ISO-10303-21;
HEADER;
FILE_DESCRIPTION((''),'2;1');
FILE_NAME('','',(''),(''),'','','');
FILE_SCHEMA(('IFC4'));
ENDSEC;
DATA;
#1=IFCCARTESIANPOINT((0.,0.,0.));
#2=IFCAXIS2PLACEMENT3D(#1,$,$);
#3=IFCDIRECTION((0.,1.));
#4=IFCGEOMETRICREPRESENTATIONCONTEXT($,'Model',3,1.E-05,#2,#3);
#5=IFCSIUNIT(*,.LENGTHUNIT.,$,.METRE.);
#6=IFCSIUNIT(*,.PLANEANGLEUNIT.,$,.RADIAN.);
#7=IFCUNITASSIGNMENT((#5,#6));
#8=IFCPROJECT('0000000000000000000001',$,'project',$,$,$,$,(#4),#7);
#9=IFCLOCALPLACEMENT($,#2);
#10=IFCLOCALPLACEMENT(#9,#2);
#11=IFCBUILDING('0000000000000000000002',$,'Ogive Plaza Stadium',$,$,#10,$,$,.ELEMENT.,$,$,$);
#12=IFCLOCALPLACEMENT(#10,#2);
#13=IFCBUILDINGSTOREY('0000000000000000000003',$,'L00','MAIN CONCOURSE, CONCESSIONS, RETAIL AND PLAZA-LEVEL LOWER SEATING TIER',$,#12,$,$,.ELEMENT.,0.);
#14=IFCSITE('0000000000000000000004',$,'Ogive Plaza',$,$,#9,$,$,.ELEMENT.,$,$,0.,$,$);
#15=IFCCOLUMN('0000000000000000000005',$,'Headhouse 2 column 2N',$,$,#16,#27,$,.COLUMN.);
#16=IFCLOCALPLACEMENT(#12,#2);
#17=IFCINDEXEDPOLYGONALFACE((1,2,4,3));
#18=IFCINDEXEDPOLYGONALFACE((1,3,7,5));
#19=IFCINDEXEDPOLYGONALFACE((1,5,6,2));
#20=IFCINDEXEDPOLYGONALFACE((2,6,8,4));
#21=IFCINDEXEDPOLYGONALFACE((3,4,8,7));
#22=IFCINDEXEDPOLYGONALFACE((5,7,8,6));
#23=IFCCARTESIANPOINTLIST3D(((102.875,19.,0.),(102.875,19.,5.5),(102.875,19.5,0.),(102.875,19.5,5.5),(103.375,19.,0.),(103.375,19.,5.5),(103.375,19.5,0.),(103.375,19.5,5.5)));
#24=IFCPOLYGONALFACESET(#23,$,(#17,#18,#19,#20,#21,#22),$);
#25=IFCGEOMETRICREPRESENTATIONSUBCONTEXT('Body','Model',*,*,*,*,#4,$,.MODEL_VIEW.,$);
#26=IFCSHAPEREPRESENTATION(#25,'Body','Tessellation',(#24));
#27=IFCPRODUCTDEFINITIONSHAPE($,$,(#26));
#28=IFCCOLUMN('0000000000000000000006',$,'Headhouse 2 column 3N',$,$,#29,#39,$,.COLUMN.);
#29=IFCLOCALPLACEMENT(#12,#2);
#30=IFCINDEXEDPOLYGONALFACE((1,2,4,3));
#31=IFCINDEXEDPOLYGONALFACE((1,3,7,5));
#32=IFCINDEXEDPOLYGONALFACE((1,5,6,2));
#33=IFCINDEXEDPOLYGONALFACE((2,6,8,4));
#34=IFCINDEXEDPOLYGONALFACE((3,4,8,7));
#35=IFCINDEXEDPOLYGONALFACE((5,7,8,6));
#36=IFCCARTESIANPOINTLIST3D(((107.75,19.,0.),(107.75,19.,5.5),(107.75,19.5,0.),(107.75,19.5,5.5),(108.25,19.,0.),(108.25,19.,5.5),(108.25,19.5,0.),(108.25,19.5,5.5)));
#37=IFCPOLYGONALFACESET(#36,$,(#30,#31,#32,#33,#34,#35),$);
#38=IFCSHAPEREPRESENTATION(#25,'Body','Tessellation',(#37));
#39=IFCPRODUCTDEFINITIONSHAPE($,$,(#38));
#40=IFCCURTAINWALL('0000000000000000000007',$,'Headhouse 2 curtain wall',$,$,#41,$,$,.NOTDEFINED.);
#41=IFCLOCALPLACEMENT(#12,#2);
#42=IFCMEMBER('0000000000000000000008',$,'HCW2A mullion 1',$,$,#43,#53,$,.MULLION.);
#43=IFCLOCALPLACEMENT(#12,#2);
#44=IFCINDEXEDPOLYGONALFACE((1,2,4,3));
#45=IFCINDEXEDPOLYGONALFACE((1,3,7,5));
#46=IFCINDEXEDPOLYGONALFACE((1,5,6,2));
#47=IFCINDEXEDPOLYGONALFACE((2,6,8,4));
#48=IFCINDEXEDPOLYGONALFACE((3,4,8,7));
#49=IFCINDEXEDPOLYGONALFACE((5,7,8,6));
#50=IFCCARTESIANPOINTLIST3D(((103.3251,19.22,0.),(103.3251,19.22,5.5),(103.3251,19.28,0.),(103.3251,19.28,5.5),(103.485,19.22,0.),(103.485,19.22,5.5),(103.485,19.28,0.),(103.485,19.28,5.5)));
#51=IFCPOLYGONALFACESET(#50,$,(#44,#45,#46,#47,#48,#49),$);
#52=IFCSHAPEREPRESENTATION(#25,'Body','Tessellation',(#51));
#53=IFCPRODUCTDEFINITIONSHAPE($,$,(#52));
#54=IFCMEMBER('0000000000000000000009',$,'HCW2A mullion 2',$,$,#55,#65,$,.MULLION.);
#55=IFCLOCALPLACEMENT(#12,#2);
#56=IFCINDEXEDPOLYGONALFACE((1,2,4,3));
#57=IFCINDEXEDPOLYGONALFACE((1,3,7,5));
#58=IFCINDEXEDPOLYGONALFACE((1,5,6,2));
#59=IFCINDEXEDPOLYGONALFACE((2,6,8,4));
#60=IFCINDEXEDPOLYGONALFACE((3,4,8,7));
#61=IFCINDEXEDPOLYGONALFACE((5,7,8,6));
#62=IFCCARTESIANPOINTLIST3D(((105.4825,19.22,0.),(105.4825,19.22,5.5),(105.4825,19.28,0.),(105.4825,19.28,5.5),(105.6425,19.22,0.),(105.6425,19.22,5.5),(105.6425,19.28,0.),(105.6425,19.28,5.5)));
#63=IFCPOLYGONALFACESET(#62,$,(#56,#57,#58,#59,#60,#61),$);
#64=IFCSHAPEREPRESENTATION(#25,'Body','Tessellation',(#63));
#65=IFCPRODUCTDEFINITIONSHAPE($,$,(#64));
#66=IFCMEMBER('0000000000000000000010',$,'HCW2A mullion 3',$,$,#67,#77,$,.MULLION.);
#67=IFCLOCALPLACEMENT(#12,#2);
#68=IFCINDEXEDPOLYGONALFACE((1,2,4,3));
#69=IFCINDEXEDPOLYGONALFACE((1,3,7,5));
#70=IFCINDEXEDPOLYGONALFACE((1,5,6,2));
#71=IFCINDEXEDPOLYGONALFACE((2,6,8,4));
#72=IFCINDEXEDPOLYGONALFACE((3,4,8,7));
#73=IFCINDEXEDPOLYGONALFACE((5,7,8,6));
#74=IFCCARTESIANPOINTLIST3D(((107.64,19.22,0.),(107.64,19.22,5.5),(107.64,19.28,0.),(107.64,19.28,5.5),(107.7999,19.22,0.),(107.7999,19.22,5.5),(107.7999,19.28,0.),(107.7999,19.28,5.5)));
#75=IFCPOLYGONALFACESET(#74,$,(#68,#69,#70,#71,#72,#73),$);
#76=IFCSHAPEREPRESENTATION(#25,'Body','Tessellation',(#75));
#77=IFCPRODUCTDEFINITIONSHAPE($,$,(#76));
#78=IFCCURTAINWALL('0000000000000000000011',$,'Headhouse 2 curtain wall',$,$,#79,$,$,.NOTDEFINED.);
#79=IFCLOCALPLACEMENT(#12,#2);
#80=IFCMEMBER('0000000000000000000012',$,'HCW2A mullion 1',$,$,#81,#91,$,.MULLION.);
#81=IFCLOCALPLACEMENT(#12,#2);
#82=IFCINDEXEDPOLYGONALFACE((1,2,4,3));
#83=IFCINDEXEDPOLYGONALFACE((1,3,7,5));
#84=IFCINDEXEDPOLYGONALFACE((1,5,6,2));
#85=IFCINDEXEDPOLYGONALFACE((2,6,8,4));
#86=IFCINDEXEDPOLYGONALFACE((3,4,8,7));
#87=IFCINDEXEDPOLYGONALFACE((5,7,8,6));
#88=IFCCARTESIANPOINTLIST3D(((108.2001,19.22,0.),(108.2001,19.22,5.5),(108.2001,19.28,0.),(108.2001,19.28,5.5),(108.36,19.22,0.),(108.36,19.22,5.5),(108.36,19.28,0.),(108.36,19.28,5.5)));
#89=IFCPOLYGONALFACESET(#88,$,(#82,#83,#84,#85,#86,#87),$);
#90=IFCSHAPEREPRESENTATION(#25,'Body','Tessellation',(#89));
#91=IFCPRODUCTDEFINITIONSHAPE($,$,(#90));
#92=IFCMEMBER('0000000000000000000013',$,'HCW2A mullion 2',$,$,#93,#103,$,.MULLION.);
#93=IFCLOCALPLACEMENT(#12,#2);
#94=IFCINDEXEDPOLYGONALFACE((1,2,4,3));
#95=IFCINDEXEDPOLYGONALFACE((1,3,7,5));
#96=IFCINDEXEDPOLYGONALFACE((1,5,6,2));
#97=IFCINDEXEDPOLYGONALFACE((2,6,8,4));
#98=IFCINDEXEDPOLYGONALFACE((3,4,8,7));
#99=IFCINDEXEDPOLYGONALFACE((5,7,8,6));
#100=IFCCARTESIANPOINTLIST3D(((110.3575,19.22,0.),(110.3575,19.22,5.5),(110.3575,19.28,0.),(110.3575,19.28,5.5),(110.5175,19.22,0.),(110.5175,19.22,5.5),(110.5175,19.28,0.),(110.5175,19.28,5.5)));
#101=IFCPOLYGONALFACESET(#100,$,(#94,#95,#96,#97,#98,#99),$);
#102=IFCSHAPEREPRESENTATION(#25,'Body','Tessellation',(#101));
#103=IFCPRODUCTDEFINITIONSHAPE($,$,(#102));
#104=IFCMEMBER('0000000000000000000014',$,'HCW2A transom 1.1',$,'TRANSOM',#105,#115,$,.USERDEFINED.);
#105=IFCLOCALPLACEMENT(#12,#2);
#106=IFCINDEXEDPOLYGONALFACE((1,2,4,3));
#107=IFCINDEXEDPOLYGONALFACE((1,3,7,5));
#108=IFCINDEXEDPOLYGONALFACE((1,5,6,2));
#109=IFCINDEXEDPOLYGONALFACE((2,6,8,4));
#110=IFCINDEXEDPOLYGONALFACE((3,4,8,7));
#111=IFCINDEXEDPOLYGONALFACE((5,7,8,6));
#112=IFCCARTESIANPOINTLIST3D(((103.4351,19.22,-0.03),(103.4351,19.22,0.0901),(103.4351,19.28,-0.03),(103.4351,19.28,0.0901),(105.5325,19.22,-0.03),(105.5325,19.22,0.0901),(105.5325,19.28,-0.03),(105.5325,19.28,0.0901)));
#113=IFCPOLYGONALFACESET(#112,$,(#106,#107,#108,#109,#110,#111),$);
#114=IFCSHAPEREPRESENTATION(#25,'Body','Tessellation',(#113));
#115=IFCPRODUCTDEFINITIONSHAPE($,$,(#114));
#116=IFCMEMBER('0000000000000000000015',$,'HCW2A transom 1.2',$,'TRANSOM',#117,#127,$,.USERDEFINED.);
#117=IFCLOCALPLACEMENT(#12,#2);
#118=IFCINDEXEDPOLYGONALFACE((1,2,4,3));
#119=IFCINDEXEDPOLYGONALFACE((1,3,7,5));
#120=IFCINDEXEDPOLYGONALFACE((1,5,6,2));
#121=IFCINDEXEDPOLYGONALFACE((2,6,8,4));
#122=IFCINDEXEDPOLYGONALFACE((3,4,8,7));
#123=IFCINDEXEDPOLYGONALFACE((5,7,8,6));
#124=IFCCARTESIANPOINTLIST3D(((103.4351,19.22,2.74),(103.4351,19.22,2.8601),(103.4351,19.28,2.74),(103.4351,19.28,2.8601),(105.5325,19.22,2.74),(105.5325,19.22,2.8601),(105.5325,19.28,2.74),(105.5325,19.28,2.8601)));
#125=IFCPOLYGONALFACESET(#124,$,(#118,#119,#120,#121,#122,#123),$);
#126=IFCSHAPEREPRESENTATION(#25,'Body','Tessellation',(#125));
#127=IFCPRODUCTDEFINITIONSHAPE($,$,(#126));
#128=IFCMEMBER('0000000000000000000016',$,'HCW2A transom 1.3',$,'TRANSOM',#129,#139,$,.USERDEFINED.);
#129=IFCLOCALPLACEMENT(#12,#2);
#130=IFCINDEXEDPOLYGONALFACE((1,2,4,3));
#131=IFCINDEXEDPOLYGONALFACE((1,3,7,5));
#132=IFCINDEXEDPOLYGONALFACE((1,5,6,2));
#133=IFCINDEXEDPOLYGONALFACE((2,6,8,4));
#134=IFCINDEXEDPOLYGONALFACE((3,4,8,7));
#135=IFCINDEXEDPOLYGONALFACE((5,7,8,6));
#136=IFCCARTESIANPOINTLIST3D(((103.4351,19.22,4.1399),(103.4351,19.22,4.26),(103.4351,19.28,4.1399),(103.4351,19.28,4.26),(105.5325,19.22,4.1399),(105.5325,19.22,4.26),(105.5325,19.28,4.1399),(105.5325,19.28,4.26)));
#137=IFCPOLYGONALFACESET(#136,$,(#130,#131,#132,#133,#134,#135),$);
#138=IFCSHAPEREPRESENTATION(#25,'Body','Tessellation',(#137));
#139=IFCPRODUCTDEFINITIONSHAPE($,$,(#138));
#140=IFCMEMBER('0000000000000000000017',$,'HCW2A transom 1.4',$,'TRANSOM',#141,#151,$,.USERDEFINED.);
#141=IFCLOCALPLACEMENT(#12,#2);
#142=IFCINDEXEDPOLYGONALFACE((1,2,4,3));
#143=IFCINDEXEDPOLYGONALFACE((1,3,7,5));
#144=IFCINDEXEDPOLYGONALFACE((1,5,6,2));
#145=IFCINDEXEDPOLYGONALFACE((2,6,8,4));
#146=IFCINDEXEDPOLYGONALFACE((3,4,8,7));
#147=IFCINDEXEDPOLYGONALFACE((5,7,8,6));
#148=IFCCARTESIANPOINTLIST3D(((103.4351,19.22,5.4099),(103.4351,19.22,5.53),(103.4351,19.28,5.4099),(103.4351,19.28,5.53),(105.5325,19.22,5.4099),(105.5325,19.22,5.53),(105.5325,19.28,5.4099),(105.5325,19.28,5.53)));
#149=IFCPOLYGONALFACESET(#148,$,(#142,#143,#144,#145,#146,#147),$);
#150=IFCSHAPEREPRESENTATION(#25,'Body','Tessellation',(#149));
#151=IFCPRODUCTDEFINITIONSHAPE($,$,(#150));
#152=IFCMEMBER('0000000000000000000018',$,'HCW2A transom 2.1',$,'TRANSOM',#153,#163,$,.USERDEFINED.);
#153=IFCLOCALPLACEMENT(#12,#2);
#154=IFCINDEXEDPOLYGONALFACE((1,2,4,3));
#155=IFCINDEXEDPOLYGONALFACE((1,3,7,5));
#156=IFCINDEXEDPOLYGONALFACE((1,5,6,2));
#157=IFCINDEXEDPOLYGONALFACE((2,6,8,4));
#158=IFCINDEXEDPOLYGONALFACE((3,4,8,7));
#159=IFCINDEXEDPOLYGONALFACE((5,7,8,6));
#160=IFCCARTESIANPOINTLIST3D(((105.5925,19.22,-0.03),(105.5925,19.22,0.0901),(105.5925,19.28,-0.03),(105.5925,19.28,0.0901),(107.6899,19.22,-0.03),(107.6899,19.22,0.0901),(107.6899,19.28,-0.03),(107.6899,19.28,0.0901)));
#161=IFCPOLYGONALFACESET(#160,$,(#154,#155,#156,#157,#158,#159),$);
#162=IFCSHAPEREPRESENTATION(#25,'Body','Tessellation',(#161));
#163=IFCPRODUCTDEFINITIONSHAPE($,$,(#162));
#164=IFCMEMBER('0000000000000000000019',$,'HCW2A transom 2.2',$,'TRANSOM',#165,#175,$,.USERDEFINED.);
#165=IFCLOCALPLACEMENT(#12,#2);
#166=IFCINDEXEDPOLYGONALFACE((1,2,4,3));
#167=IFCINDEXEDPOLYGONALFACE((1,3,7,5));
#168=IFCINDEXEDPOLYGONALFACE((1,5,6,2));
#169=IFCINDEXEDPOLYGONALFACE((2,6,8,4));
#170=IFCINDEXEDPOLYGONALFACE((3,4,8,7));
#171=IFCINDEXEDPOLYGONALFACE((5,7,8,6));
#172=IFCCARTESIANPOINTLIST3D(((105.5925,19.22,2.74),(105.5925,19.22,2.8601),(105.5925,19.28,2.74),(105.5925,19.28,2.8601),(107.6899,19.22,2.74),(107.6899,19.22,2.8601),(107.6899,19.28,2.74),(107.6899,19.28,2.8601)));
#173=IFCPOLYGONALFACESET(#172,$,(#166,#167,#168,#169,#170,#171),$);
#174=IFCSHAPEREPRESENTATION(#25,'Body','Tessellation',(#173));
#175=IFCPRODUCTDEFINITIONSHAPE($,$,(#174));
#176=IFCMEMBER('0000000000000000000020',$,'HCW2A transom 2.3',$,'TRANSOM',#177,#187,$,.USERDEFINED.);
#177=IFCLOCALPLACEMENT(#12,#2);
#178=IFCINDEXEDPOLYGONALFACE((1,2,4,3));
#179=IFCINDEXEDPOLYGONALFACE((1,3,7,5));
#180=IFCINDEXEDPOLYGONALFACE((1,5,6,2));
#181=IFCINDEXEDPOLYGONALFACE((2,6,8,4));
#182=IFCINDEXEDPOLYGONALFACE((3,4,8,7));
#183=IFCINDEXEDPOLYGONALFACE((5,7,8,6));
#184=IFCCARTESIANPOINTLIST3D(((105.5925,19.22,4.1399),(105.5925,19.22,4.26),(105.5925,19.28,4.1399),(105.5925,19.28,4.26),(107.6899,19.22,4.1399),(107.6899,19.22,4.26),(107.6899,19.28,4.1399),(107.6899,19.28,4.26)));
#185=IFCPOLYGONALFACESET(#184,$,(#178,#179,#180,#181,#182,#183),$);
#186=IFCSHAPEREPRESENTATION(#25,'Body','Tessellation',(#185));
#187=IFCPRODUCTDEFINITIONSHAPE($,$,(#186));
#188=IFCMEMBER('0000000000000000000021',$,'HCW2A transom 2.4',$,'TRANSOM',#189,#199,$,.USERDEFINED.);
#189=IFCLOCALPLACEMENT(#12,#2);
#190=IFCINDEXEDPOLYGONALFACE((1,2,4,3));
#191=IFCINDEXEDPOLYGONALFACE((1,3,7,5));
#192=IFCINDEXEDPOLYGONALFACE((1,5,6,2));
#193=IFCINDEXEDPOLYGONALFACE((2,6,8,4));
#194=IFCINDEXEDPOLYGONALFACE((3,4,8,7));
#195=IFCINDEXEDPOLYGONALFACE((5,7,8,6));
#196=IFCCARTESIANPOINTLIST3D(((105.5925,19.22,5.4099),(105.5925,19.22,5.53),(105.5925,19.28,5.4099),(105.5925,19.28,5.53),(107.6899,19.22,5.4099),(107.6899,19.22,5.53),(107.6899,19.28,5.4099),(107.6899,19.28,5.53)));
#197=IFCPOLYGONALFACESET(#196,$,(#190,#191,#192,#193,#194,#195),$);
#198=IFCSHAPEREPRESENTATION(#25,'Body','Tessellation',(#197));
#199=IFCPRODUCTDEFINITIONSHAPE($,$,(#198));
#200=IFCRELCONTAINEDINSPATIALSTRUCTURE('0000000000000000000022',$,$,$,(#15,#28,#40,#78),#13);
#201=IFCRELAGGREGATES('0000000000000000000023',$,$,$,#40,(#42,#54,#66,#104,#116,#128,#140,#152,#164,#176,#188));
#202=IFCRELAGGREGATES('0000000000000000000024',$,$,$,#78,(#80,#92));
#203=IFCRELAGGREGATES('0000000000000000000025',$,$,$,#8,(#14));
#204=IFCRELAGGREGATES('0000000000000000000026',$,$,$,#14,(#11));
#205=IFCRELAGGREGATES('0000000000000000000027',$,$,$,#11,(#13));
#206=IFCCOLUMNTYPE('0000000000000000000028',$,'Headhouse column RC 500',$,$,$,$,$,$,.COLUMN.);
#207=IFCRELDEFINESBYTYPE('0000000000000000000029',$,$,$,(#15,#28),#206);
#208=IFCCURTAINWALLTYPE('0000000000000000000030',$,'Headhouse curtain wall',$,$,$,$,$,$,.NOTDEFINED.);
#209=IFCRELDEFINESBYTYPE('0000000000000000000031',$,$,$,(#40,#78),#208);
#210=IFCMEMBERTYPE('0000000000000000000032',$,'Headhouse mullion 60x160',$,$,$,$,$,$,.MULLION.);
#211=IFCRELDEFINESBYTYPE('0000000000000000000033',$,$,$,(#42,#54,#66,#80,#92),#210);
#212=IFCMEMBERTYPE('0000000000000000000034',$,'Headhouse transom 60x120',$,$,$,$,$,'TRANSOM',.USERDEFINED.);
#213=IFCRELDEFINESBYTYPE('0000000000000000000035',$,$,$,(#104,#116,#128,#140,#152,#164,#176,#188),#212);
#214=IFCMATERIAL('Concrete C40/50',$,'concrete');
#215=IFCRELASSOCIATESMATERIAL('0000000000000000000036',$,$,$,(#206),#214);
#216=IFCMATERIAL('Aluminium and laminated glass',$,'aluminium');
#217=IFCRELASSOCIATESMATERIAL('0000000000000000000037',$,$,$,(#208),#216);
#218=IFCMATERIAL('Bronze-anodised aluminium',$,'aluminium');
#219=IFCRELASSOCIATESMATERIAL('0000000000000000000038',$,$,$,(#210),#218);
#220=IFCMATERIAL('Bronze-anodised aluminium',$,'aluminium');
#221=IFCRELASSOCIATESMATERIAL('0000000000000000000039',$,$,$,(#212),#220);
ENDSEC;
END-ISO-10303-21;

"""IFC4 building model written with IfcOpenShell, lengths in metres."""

from ifc_helpers import new_model, si_unit, direction, frame, origin, origin_2d, place, context, subcontext, project, spatial, rectangle, extrude, material, material_profile, profile_set, type_object, element, aggregate, save


model = new_model("IFC4")

# Units and contexts
model_context = context("Model", 3, precision=1e-05, world=origin(), true_north=direction((0.0, 1.0)))
body_context = subcontext(model_context, "Body", "Model", "MODEL_VIEW")
ifc_project = project(units=[si_unit("LENGTHUNIT", "METRE"), si_unit("PLANEANGLEUNIT", "RADIAN")], contexts=[model_context])

# Site, building, storey
site_placement = place(None, origin())
site = spatial("IfcSite", under=ifc_project, at=site_placement, Name="Ogive Plaza", CompositionType="ELEMENT", RefElevation=0.0)
building_placement = place(site_placement, origin())
building = spatial("IfcBuilding", under=site, at=building_placement, Name="Ogive Plaza Stadium", CompositionType="ELEMENT")
storey_placement = place(building_placement, origin())
storey = spatial("IfcBuildingStorey", under=building, at=storey_placement, Name="L00", Description="MAIN CONCOURSE, CONCESSIONS, RETAIL AND PLAZA-LEVEL LOWER SEATING TIER", CompositionType="ELEMENT", Elevation=0.0)

# Columns
ifc_material_1 = material(Name="Concrete C40/50", Category="concrete")
ifc_material_profile_1 = material_profile(ifc_material_1, rectangle(XDim=0.5, YDim=0.5, at=origin_2d()), Name="Headhouse column RC 500")
ifc_profile_set_1 = profile_set([ifc_material_profile_1], Name="Concrete C40/50")
column_type = type_object("IfcColumnType", Name="Headhouse column RC 500", PredefinedType="COLUMN", material=ifc_profile_set_1)
for number, where, z_axis, x_axis, name in (
    (1, (103.125, 19.25, 0.0), (0.0, 0.0, 1.0), (1.0, 0.0, 0.0), "Headhouse 2 column 2N"),
    (2, (108.0, 19.25, 0.0), (0.0, 0.0, 1.0), (1.0, 0.0, 0.0), "Headhouse 2 column 3N"),
):
    element("IfcColumn", number, at=place(storey_placement, frame(where, z_axis=z_axis, x_axis=x_axis)), inside=storey, type_object=column_type, Name=name, PredefinedType="COLUMN", context=body_context, shape_type="SweptSolid", body=[
        extrude(rectangle(XDim=0.5, YDim=0.5, at=origin_2d()), origin(), (0.0, 0.0, 1.0), 5.5),
    ])

# Curtain walls, members
ifc_material_2 = material(Name="Aluminium and laminated glass", Category="aluminium")
curtain_wall_type = type_object("IfcCurtainWallType", Name="Headhouse curtain wall", PredefinedType="NOTDEFINED", material=ifc_material_2)
curtain_wall_1_placement = place(storey_placement, origin())
curtain_wall_1 = element("IfcCurtainWall", 3, at=curtain_wall_1_placement, inside=storey, type_object=curtain_wall_type, Name="Headhouse 2 curtain wall", PredefinedType="NOTDEFINED")
ifc_material_3 = material(Name="Bronze-anodised aluminium", Category="aluminium")
ifc_material_profile_2 = material_profile(ifc_material_3, rectangle(XDim=0.0601, YDim=0.1599, at=origin_2d()), Name="Headhouse mullion 60x160")
ifc_profile_set_2 = profile_set([ifc_material_profile_2], Name="Bronze-anodised aluminium")
member_type_1 = type_object("IfcMemberType", Name="Headhouse mullion 60x160", PredefinedType="MULLION", material=ifc_profile_set_2)
member_1_placement = place(storey_placement, frame((103.405, 19.25, 0.0), z_axis=(0.0, 0.0, 1.0), x_axis=(0.0, 1.0, 0.0)))
member_1 = element("IfcMember", 4, at=member_1_placement, type_object=member_type_1, Name="HCW2A mullion 1", PredefinedType="MULLION", context=body_context, shape_type="SweptSolid", body=[
    extrude(rectangle(XDim=0.0601, YDim=0.1599, at=origin_2d()), origin(), (0.0, 0.0, 1.0), 5.5),
])
member_2_placement = place(storey_placement, frame((105.5625, 19.25, 0.0), z_axis=(0.0, 0.0, 1.0), x_axis=(0.0, 1.0, 0.0)))
member_2 = element("IfcMember", 5, at=member_2_placement, type_object=member_type_1, Name="HCW2A mullion 2", PredefinedType="MULLION", context=body_context, shape_type="SweptSolid", body=[
    extrude(rectangle(XDim=0.0601, YDim=0.1599, at=origin_2d()), origin(), (0.0, 0.0, 1.0), 5.5),
])
member_3_placement = place(storey_placement, frame((107.72, 19.25, 0.0), z_axis=(0.0, 0.0, 1.0), x_axis=(0.0, 1.0, 0.0)))
member_3 = element("IfcMember", 6, at=member_3_placement, type_object=member_type_1, Name="HCW2A mullion 3", PredefinedType="MULLION", context=body_context, shape_type="SweptSolid", body=[
    extrude(rectangle(XDim=0.0601, YDim=0.1599, at=origin_2d()), origin(), (0.0, 0.0, 1.0), 5.5),
])
curtain_wall_2_placement = place(storey_placement, origin())
curtain_wall_2 = element("IfcCurtainWall", 7, at=curtain_wall_2_placement, inside=storey, type_object=curtain_wall_type, Name="Headhouse 2 curtain wall", PredefinedType="NOTDEFINED")
member_4_placement = place(storey_placement, frame((108.28, 19.25, 0.0), z_axis=(0.0, 0.0, 1.0), x_axis=(0.0, 1.0, 0.0)))
member_4 = element("IfcMember", 8, at=member_4_placement, type_object=member_type_1, Name="HCW2A mullion 1", PredefinedType="MULLION", context=body_context, shape_type="SweptSolid", body=[
    extrude(rectangle(XDim=0.0601, YDim=0.1599, at=origin_2d()), origin(), (0.0, 0.0, 1.0), 5.5),
])
member_5_placement = place(storey_placement, frame((110.4375, 19.25, 0.0), z_axis=(0.0, 0.0, 1.0), x_axis=(0.0, 1.0, 0.0)))
member_5 = element("IfcMember", 9, at=member_5_placement, type_object=member_type_1, Name="HCW2A mullion 2", PredefinedType="MULLION", context=body_context, shape_type="SweptSolid", body=[
    extrude(rectangle(XDim=0.0601, YDim=0.1599, at=origin_2d()), origin(), (0.0, 0.0, 1.0), 5.5),
])

# Members
ifc_material_4 = material(Name="Bronze-anodised aluminium", Category="aluminium")
ifc_material_profile_3 = material_profile(ifc_material_4, rectangle(XDim=0.0601, YDim=0.1201, at=origin_2d()), Name="Headhouse transom 60x120")
ifc_profile_set_3 = profile_set([ifc_material_profile_3], Name="Bronze-anodised aluminium")
member_type_2 = type_object("IfcMemberType", Name="Headhouse transom 60x120", ElementType="TRANSOM", PredefinedType="USERDEFINED", material=ifc_profile_set_3)
member_6_placement = place(storey_placement, frame((103.4351, 19.25, 0.03), z_axis=(1.0, 0.0, 0.0), x_axis=(0.0, 1.0, 0.0)))
member_6 = element("IfcMember", 10, at=member_6_placement, type_object=member_type_2, Name="HCW2A transom 1.1", ObjectType="TRANSOM", PredefinedType="USERDEFINED", context=body_context, shape_type="SweptSolid", body=[
    extrude(rectangle(XDim=0.0601, YDim=0.1201, at=origin_2d()), origin(), (0.0, 0.0, 1.0), 2.0974),
])
member_7_placement = place(storey_placement, frame((103.4351, 19.25, 2.8), z_axis=(1.0, 0.0, 0.0), x_axis=(0.0, 1.0, 0.0)))
member_7 = element("IfcMember", 11, at=member_7_placement, type_object=member_type_2, Name="HCW2A transom 1.2", ObjectType="TRANSOM", PredefinedType="USERDEFINED", context=body_context, shape_type="SweptSolid", body=[
    extrude(rectangle(XDim=0.0601, YDim=0.1201, at=origin_2d()), origin(), (0.0, 0.0, 1.0), 2.0974),
])
member_8_placement = place(storey_placement, frame((103.4351, 19.25, 4.2), z_axis=(1.0, 0.0, 0.0), x_axis=(0.0, 1.0, 0.0)))
member_8 = element("IfcMember", 12, at=member_8_placement, type_object=member_type_2, Name="HCW2A transom 1.3", ObjectType="TRANSOM", PredefinedType="USERDEFINED", context=body_context, shape_type="SweptSolid", body=[
    extrude(rectangle(XDim=0.0601, YDim=0.1201, at=origin_2d()), origin(), (0.0, 0.0, 1.0), 2.0974),
])
member_9_placement = place(storey_placement, frame((103.4351, 19.25, 5.47), z_axis=(1.0, 0.0, 0.0), x_axis=(0.0, 1.0, 0.0)))
member_9 = element("IfcMember", 13, at=member_9_placement, type_object=member_type_2, Name="HCW2A transom 1.4", ObjectType="TRANSOM", PredefinedType="USERDEFINED", context=body_context, shape_type="SweptSolid", body=[
    extrude(rectangle(XDim=0.0601, YDim=0.1201, at=origin_2d()), origin(), (0.0, 0.0, 1.0), 2.0974),
])
member_10_placement = place(storey_placement, frame((105.5925, 19.25, 0.03), z_axis=(1.0, 0.0, 0.0), x_axis=(0.0, 1.0, 0.0)))
member_10 = element("IfcMember", 14, at=member_10_placement, type_object=member_type_2, Name="HCW2A transom 2.1", ObjectType="TRANSOM", PredefinedType="USERDEFINED", context=body_context, shape_type="SweptSolid", body=[
    extrude(rectangle(XDim=0.0601, YDim=0.1201, at=origin_2d()), origin(), (0.0, 0.0, 1.0), 2.0974),
])
member_11_placement = place(storey_placement, frame((105.5925, 19.25, 2.8), z_axis=(1.0, 0.0, 0.0), x_axis=(0.0, 1.0, 0.0)))
member_11 = element("IfcMember", 15, at=member_11_placement, type_object=member_type_2, Name="HCW2A transom 2.2", ObjectType="TRANSOM", PredefinedType="USERDEFINED", context=body_context, shape_type="SweptSolid", body=[
    extrude(rectangle(XDim=0.0601, YDim=0.1201, at=origin_2d()), origin(), (0.0, 0.0, 1.0), 2.0974),
])
member_12_placement = place(storey_placement, frame((105.5925, 19.25, 4.2), z_axis=(1.0, 0.0, 0.0), x_axis=(0.0, 1.0, 0.0)))
member_12 = element("IfcMember", 16, at=member_12_placement, type_object=member_type_2, Name="HCW2A transom 2.3", ObjectType="TRANSOM", PredefinedType="USERDEFINED", context=body_context, shape_type="SweptSolid", body=[
    extrude(rectangle(XDim=0.0601, YDim=0.1201, at=origin_2d()), origin(), (0.0, 0.0, 1.0), 2.0974),
])
member_13_placement = place(storey_placement, frame((105.5925, 19.25, 5.47), z_axis=(1.0, 0.0, 0.0), x_axis=(0.0, 1.0, 0.0)))
member_13 = element("IfcMember", 17, at=member_13_placement, type_object=member_type_2, Name="HCW2A transom 2.4", ObjectType="TRANSOM", PredefinedType="USERDEFINED", context=body_context, shape_type="SweptSolid", body=[
    extrude(rectangle(XDim=0.0601, YDim=0.1201, at=origin_2d()), origin(), (0.0, 0.0, 1.0), 2.0974),
])

aggregate(curtain_wall_1, [member_1, member_2, member_3, member_6, member_7, member_8, member_9, member_10, member_11, member_12, member_13])
aggregate(curtain_wall_2, [member_4, member_5])

save(model, "model.ifc")
